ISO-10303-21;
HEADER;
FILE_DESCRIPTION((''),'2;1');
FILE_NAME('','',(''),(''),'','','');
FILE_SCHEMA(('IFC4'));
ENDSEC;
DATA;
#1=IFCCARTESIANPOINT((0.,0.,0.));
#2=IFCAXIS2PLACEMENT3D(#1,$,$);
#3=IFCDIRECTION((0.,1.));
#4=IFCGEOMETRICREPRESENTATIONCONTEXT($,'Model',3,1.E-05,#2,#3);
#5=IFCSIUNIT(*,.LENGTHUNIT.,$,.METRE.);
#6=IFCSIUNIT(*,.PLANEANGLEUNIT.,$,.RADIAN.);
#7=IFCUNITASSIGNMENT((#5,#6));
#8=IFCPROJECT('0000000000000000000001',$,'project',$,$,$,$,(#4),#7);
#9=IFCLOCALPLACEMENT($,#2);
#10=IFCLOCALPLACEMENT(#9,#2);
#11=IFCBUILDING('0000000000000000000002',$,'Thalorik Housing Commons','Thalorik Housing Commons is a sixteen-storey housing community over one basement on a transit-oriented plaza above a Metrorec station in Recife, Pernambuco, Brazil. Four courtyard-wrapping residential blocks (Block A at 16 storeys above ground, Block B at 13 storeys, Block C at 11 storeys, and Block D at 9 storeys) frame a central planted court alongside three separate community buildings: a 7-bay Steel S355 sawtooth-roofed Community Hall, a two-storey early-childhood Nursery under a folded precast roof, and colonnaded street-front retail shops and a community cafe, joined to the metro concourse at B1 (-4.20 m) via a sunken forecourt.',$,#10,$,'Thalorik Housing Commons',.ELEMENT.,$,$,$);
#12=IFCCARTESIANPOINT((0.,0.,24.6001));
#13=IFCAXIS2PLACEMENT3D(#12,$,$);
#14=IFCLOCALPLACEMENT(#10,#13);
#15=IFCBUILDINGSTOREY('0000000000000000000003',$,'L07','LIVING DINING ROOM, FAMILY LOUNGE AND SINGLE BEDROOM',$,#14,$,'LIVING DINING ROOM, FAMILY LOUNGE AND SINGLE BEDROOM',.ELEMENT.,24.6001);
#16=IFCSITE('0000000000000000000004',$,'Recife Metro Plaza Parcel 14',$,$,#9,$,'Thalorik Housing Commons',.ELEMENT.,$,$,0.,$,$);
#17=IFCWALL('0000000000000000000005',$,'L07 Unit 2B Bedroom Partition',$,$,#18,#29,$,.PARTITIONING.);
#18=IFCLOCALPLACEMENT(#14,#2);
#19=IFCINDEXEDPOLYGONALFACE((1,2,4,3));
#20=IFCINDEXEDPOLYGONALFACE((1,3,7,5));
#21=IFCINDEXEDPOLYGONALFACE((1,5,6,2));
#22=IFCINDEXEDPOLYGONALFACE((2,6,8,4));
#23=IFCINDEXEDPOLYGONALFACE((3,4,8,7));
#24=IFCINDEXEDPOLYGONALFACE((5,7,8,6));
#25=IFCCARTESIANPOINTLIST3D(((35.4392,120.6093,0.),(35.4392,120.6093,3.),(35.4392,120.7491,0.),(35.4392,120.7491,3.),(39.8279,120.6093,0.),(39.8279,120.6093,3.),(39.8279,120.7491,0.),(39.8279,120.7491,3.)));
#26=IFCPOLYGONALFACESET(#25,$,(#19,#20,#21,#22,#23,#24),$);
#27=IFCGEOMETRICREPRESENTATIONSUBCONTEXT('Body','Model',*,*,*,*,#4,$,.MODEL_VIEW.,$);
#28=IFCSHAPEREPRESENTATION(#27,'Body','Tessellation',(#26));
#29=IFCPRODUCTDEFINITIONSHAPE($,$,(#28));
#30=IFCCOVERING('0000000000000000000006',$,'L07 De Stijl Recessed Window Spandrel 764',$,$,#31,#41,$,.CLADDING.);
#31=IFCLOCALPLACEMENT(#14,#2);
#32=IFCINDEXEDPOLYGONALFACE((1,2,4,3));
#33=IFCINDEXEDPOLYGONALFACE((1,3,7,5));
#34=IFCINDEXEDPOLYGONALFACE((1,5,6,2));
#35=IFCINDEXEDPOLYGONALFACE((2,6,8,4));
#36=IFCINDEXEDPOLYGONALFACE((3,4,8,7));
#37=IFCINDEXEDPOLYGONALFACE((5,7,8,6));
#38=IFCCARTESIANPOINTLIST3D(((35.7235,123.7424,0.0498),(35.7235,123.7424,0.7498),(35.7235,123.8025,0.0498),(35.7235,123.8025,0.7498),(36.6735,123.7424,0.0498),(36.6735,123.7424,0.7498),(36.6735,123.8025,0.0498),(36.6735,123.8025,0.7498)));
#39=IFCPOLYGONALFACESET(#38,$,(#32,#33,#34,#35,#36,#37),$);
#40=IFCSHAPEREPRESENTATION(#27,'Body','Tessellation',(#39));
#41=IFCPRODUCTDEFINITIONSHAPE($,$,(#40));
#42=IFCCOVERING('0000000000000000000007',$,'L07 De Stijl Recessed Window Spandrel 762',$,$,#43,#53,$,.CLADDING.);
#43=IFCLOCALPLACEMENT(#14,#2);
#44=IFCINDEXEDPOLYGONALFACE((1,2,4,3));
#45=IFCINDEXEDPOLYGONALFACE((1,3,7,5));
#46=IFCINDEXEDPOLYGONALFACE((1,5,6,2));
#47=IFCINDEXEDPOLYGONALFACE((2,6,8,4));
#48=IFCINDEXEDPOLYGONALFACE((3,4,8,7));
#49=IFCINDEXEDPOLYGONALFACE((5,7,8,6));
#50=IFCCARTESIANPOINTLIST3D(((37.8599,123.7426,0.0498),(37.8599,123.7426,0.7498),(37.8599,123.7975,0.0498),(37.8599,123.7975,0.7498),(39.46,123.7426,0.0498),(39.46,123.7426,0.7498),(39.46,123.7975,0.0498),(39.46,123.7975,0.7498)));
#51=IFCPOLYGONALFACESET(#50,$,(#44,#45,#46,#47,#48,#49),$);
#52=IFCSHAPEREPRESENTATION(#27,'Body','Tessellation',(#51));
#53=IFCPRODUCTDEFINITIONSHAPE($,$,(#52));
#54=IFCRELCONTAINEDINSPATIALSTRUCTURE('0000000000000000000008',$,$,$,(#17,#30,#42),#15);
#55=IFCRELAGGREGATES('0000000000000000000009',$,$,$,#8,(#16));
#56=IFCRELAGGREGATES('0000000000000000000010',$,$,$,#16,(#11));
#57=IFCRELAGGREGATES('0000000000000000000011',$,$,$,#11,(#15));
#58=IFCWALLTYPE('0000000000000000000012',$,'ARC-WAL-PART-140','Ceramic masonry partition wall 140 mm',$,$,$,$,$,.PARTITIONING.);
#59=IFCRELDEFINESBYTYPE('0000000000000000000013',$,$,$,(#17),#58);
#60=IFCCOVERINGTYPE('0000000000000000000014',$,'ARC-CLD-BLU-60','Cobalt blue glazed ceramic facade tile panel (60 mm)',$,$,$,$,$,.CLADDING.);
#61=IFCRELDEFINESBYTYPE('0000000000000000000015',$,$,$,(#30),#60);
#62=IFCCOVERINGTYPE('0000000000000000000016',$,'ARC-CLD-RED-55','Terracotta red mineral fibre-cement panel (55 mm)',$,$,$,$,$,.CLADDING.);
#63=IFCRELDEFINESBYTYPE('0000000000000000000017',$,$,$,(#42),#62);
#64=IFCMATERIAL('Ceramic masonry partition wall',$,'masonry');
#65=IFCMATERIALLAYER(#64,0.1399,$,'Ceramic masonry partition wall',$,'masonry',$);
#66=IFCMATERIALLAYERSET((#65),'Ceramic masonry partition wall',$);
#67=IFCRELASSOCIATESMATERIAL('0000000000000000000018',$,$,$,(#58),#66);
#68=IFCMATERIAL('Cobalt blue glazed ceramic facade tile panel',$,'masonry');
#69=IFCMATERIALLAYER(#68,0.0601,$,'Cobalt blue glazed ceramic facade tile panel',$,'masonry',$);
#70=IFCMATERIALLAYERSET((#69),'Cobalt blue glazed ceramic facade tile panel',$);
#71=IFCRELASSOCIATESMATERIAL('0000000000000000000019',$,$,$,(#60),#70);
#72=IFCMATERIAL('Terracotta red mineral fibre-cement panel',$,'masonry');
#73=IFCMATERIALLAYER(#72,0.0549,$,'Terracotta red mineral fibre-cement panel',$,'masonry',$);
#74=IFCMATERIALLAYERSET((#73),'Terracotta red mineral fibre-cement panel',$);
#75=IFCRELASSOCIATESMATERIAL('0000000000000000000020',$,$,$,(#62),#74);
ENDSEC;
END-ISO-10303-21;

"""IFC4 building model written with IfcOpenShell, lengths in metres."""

from ifc_helpers import new_model, si_unit, direction, frame, frame_2d, origin, origin_2d, place, context, subcontext, project, spatial, rectangle, extrude, material, layer, layer_set, type_object, element, save


model = new_model("IFC4")

# Units and contexts
model_context = context("Model", 3, precision=1e-05, world=origin(), true_north=direction((0.0, 1.0)))
body_context = subcontext(model_context, "Body", "Model", "MODEL_VIEW")
ifc_project = project(units=[si_unit("LENGTHUNIT", "METRE"), si_unit("PLANEANGLEUNIT", "RADIAN")], contexts=[model_context])

# Site, building, storey
site_placement = place(None, origin())
site = spatial("IfcSite", under=ifc_project, at=site_placement, Name="Recife Metro Plaza Parcel 14", LongName="Thalorik Housing Commons", CompositionType="ELEMENT", RefElevation=0.0)
building_placement = place(site_placement, origin())
building = spatial("IfcBuilding", under=site, at=building_placement, Name="Thalorik Housing Commons", Description="Thalorik Housing Commons is a sixteen-storey housing community over one basement on a transit-oriented plaza above a Metrorec station in Recife, Pernambuco, Brazil. Four courtyard-wrapping residential blocks (Block A at 16 storeys above ground, Block B at 13 storeys, Block C at 11 storeys, and Block D at 9 storeys) frame a central planted court alongside three separate community buildings: a 7-bay Steel S355 sawtooth-roofed Community Hall, a two-storey early-childhood Nursery under a folded precast roof, and colonnaded street-front retail shops and a community cafe, joined to the metro concourse at B1 (-4.20 m) via a sunken forecourt.", LongName="Thalorik Housing Commons", CompositionType="ELEMENT")
storey_placement = place(building_placement, frame((0.0, 0.0, 24.6001)))
storey = spatial("IfcBuildingStorey", under=building, at=storey_placement, Name="L07", Description="LIVING DINING ROOM, FAMILY LOUNGE AND SINGLE BEDROOM", LongName="LIVING DINING ROOM, FAMILY LOUNGE AND SINGLE BEDROOM", CompositionType="ELEMENT", Elevation=24.6001)

# Wall
ifc_material_1 = material(Name="Ceramic masonry partition wall", Category="masonry")
ifc_layer_1 = layer(ifc_material_1, 0.1399, Name="Ceramic masonry partition wall", Category="masonry")
ifc_layer_set_1 = layer_set([ifc_layer_1], Name="Ceramic masonry partition wall")
wall_type_1 = type_object("IfcWallType", Name="ARC-WAL-PART-140", Description="Ceramic masonry partition wall 140 mm", PredefinedType="PARTITIONING", material=ifc_layer_set_1)
wall_1_placement = place(storey_placement, frame((35.4392, 120.6792, 0.0), z_axis=(0.0, 0.0, 1.0), x_axis=(1.0, 0.0, 0.0)))
element("IfcWall", 1, at=wall_1_placement, inside=storey, type_object=wall_type_1, Name="L07 Unit 2B Bedroom Partition", PredefinedType="PARTITIONING", context=body_context, shape_type="SweptSolid", body=[
    extrude(rectangle(XDim=4.3887, YDim=0.1399, at=frame_2d((2.1943, 0.0))), origin(), (0.0, 0.0, 1.0), 3.0),
])

# Coverings
ifc_material_2 = material(Name="Cobalt blue glazed ceramic facade tile panel", Category="masonry")
ifc_layer_2 = layer(ifc_material_2, 0.0601, Name="Cobalt blue glazed ceramic facade tile panel", Category="masonry")
ifc_layer_set_2 = layer_set([ifc_layer_2], Name="Cobalt blue glazed ceramic facade tile panel")
covering_type_1 = type_object("IfcCoveringType", Name="ARC-CLD-BLU-60", Description="Cobalt blue glazed ceramic facade tile panel (60 mm)", PredefinedType="CLADDING", material=ifc_layer_set_2)
covering_1_placement = place(storey_placement, frame((36.1985, 123.7725, 0.0498), z_axis=(0.0, 0.0, 1.0), x_axis=(-1.0, 0.0, 0.0)))
element("IfcCovering", 2, at=covering_1_placement, inside=storey, type_object=covering_type_1, Name="L07 De Stijl Recessed Window Spandrel 764", PredefinedType="CLADDING", context=body_context, shape_type="SweptSolid", body=[
    extrude(rectangle(XDim=0.95, YDim=0.0601, at=origin_2d()), origin(), (0.0, 0.0, 1.0), 0.7),
])
ifc_material_3 = material(Name="Terracotta red mineral fibre-cement panel", Category="masonry")
ifc_layer_3 = layer(ifc_material_3, 0.0549, Name="Terracotta red mineral fibre-cement panel", Category="masonry")
ifc_layer_set_3 = layer_set([ifc_layer_3], Name="Terracotta red mineral fibre-cement panel")
covering_type_2 = type_object("IfcCoveringType", Name="ARC-CLD-RED-55", Description="Terracotta red mineral fibre-cement panel (55 mm)", PredefinedType="CLADDING", material=ifc_layer_set_3)
covering_2_placement = place(storey_placement, frame((38.6599, 123.77, 0.0498), z_axis=(0.0, 0.0, 1.0), x_axis=(-1.0, 0.0, 0.0)))
element("IfcCovering", 3, at=covering_2_placement, inside=storey, type_object=covering_type_2, Name="L07 De Stijl Recessed Window Spandrel 762", PredefinedType="CLADDING", context=body_context, shape_type="SweptSolid", body=[
    extrude(rectangle(XDim=1.6001, YDim=0.0549, at=origin_2d()), origin(), (0.0, 0.0, 1.0), 0.7),
])

save(model, "model.ifc")
